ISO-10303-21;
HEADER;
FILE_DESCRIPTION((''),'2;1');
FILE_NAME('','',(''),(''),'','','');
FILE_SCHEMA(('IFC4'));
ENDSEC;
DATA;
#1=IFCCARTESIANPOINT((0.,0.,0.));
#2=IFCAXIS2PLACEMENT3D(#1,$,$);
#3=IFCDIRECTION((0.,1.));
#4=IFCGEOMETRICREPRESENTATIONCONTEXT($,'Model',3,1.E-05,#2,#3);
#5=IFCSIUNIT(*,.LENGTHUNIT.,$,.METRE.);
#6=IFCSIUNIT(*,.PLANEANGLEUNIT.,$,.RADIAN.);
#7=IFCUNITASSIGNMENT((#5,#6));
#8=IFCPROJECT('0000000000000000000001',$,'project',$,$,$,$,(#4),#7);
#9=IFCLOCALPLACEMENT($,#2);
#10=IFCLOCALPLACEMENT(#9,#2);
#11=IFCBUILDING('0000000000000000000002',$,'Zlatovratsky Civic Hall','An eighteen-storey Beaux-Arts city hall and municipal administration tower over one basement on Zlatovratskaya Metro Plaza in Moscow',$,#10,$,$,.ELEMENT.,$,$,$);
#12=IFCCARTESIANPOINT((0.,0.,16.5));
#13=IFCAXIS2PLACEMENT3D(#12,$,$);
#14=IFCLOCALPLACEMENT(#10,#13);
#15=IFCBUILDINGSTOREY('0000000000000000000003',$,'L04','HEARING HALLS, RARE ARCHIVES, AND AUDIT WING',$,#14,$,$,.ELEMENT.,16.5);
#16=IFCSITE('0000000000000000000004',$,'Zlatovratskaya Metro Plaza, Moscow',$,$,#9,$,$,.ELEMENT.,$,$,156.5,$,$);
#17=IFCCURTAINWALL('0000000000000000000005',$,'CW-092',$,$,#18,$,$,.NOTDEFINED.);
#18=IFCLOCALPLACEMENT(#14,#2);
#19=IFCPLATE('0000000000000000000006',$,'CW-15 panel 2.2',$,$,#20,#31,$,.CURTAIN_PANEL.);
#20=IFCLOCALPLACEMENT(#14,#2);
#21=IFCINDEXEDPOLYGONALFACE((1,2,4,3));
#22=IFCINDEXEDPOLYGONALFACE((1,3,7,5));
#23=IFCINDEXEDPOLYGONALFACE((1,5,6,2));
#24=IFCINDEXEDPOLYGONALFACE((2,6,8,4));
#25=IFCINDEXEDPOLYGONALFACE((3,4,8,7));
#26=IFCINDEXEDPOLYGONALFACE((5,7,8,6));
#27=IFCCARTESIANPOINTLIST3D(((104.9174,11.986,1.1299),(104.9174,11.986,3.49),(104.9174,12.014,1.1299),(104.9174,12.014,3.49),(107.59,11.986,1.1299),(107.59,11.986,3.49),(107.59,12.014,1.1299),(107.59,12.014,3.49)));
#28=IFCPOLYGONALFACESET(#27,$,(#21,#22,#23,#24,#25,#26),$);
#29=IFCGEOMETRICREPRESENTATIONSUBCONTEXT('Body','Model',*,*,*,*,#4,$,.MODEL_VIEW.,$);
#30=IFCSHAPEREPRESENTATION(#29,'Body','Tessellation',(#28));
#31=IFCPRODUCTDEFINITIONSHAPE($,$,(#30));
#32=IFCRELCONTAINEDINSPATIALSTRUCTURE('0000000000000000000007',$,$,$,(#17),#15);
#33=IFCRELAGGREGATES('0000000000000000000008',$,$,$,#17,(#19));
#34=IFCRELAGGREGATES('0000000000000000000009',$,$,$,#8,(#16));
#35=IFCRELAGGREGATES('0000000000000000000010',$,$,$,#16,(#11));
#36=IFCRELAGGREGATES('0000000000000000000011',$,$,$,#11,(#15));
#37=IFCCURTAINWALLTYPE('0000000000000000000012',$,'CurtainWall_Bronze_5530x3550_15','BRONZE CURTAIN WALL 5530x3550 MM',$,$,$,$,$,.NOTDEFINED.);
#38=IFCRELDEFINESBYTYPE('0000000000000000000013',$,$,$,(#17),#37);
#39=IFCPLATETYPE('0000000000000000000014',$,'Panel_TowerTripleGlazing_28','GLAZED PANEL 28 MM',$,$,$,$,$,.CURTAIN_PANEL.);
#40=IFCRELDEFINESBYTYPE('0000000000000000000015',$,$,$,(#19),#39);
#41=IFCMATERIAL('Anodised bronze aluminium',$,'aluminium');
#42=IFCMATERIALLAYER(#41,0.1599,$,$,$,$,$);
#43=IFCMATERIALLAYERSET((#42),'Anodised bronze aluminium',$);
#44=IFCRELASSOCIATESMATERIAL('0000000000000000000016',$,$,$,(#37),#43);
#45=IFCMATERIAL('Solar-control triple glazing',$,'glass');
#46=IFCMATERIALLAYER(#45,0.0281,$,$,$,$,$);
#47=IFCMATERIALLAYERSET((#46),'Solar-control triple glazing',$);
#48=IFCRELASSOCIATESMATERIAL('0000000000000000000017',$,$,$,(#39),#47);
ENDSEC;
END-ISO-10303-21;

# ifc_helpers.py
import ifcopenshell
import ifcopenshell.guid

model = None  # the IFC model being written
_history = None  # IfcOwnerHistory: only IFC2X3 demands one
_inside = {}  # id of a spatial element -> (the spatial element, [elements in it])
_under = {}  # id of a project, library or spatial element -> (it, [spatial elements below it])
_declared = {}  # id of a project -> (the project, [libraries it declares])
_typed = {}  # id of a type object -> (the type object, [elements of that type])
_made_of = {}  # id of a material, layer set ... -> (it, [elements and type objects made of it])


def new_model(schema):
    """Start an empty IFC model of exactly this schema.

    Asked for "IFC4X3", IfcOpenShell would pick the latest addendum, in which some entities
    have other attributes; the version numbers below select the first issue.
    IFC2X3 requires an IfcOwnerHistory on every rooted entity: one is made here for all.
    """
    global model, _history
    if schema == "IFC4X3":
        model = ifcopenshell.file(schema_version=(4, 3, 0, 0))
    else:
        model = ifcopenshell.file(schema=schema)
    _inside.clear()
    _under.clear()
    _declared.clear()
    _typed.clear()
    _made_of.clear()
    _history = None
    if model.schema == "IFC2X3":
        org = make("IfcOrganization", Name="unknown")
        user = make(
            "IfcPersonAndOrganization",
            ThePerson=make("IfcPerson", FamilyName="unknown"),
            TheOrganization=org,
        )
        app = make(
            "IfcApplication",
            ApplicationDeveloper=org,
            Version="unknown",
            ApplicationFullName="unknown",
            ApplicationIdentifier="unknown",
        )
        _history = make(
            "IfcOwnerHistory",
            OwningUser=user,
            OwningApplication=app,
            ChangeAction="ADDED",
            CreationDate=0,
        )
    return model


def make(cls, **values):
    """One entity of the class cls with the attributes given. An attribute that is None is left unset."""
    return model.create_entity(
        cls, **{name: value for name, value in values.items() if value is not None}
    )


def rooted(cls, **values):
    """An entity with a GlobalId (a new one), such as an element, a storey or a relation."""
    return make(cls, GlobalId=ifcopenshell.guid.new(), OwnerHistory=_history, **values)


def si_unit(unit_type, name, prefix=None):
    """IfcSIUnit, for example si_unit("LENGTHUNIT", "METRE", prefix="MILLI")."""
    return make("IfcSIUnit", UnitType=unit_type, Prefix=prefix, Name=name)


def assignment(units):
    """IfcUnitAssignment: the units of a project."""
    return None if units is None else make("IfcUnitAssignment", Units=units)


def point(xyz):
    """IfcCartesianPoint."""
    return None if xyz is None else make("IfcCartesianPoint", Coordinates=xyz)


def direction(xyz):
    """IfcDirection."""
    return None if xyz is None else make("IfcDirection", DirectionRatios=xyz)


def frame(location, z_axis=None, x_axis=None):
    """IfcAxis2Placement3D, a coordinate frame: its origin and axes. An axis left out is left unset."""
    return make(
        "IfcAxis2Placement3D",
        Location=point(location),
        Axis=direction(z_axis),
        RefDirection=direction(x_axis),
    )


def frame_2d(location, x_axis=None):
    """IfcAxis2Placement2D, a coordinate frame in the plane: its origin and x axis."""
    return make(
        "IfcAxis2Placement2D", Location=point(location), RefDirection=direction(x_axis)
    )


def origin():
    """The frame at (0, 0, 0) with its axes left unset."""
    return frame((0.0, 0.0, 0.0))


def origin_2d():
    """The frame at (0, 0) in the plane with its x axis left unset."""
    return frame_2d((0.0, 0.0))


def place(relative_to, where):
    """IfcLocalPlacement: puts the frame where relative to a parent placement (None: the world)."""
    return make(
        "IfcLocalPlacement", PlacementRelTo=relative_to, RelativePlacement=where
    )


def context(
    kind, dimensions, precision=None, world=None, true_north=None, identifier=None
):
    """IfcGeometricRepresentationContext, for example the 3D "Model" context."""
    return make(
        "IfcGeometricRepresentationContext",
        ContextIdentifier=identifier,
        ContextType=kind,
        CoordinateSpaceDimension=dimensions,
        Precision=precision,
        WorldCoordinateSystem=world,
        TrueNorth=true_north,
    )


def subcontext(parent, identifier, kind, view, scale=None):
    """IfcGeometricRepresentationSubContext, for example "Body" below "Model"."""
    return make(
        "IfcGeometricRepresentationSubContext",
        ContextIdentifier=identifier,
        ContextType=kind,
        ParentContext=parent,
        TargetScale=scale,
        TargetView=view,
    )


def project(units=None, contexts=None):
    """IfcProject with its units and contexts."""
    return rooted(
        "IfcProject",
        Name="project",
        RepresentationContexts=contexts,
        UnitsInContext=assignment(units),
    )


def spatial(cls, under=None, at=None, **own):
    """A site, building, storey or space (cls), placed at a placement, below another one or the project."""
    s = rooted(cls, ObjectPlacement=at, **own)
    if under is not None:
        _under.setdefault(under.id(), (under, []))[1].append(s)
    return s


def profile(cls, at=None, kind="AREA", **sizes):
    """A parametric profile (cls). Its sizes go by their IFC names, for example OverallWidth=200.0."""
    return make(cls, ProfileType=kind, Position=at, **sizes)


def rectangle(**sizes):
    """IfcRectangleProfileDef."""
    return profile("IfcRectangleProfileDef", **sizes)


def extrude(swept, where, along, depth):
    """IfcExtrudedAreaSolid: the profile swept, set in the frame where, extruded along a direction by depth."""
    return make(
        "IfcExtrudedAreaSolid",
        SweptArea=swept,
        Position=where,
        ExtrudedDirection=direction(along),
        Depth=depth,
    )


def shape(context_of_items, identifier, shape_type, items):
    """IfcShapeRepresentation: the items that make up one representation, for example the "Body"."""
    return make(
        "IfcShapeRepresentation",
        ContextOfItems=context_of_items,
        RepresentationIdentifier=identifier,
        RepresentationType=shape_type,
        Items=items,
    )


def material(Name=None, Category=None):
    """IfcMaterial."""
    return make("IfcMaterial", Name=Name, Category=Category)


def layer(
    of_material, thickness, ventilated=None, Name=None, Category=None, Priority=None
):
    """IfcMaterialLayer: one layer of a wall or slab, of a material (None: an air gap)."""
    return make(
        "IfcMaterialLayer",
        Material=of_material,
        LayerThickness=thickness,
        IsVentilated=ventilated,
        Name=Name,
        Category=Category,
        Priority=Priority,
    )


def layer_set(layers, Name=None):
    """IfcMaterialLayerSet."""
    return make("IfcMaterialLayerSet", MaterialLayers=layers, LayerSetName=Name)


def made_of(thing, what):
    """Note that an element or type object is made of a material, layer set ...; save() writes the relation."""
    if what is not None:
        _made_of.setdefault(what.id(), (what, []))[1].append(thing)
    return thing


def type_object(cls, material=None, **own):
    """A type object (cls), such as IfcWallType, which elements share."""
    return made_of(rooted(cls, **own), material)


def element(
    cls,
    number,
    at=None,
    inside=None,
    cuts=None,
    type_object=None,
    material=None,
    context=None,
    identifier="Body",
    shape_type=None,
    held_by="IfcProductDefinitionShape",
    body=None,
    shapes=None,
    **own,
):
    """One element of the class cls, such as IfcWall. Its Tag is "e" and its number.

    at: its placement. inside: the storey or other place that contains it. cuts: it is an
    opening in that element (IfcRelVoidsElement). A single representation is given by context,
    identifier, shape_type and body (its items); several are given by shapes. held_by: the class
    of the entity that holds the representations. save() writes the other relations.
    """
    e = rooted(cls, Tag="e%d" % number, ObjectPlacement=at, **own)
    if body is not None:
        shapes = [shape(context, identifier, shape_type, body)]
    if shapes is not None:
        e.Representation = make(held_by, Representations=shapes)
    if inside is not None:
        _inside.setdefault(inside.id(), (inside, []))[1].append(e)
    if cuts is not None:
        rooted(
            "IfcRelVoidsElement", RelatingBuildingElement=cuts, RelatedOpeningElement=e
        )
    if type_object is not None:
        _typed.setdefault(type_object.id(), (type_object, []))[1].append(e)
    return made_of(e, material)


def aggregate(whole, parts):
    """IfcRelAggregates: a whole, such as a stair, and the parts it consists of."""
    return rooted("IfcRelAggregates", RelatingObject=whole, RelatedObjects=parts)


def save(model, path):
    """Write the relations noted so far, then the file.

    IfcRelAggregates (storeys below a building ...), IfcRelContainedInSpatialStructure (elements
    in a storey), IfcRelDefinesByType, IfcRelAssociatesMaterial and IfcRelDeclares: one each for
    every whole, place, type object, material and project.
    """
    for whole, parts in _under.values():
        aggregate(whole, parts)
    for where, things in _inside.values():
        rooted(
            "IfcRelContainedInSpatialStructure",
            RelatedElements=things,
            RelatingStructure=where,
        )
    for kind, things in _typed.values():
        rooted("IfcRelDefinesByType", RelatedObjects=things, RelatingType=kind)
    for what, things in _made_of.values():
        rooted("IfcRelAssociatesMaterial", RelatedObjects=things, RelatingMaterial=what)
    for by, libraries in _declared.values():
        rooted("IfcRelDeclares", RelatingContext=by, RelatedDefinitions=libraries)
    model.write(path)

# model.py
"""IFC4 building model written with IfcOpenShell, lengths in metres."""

from ifc_helpers import new_model, si_unit, direction, frame, origin, origin_2d, place, context, subcontext, project, spatial, rectangle, extrude, material, layer, layer_set, type_object, element, aggregate, save


model = new_model("IFC4")

# Units and contexts
model_context = context("Model", 3, precision=1e-05, world=origin(), true_north=direction((0.0, 1.0)))
body_context = subcontext(model_context, "Body", "Model", "MODEL_VIEW")
ifc_project = project(units=[si_unit("LENGTHUNIT", "METRE"), si_unit("PLANEANGLEUNIT", "RADIAN")], contexts=[model_context])

# Site, building, storey
site_placement = place(None, origin())
site = spatial("IfcSite", under=ifc_project, at=site_placement, Name="Zlatovratskaya Metro Plaza, Moscow", CompositionType="ELEMENT", RefElevation=156.5)
building_placement = place(site_placement, origin())
building = spatial("IfcBuilding", under=site, at=building_placement, Name="Zlatovratsky Civic Hall", Description="An eighteen-storey Beaux-Arts city hall and municipal administration tower over one basement on Zlatovratskaya Metro Plaza in Moscow", CompositionType="ELEMENT")
storey_placement = place(building_placement, frame((0.0, 0.0, 16.5)))
storey = spatial("IfcBuildingStorey", under=building, at=storey_placement, Name="L04", Description="HEARING HALLS, RARE ARCHIVES, AND AUDIT WING", CompositionType="ELEMENT", Elevation=16.5)

# Shared definitions
ifc_material_1 = material(Name="Anodised bronze aluminium", Category="aluminium")

# Curtain wall
ifc_layer_1 = layer(ifc_material_1, 0.1599)
ifc_layer_set_1 = layer_set([ifc_layer_1], Name="Anodised bronze aluminium")
curtain_wall_type_1 = type_object("IfcCurtainWallType", Name="CurtainWall_Bronze_5530x3550_15", Description="BRONZE CURTAIN WALL 5530x3550 MM", PredefinedType="NOTDEFINED", material=ifc_layer_set_1)
curtain_wall_1_placement = place(storey_placement, origin())
curtain_wall_1 = element("IfcCurtainWall", 1, at=curtain_wall_1_placement, inside=storey, type_object=curtain_wall_type_1, Name="CW-092", PredefinedType="NOTDEFINED")

# Plate
ifc_material_2 = material(Name="Solar-control triple glazing", Category="glass")
ifc_layer_2 = layer(ifc_material_2, 0.0281)
ifc_layer_set_2 = layer_set([ifc_layer_2], Name="Solar-control triple glazing")
plate_type = type_object("IfcPlateType", Name="Panel_TowerTripleGlazing_28", Description="GLAZED PANEL 28 MM", PredefinedType="CURTAIN_PANEL", material=ifc_layer_set_2)
plate_1_placement = place(storey_placement, frame((106.2537, 12.0, 1.1299), z_axis=(0.0, 0.0, 1.0), x_axis=(1.0, 0.0, 0.0)))
plate_1 = element("IfcPlate", 2, at=plate_1_placement, type_object=plate_type, Name="CW-15 panel 2.2", PredefinedType="CURTAIN_PANEL", context=body_context, shape_type="SweptSolid", body=[
    extrude(rectangle(XDim=2.6726, YDim=0.0281, at=origin_2d()), origin(), (0.0, 0.0, 1.0), 2.3601),
])
aggregate(curtain_wall_1, [plate_1])

save(model, "model.ifc")
